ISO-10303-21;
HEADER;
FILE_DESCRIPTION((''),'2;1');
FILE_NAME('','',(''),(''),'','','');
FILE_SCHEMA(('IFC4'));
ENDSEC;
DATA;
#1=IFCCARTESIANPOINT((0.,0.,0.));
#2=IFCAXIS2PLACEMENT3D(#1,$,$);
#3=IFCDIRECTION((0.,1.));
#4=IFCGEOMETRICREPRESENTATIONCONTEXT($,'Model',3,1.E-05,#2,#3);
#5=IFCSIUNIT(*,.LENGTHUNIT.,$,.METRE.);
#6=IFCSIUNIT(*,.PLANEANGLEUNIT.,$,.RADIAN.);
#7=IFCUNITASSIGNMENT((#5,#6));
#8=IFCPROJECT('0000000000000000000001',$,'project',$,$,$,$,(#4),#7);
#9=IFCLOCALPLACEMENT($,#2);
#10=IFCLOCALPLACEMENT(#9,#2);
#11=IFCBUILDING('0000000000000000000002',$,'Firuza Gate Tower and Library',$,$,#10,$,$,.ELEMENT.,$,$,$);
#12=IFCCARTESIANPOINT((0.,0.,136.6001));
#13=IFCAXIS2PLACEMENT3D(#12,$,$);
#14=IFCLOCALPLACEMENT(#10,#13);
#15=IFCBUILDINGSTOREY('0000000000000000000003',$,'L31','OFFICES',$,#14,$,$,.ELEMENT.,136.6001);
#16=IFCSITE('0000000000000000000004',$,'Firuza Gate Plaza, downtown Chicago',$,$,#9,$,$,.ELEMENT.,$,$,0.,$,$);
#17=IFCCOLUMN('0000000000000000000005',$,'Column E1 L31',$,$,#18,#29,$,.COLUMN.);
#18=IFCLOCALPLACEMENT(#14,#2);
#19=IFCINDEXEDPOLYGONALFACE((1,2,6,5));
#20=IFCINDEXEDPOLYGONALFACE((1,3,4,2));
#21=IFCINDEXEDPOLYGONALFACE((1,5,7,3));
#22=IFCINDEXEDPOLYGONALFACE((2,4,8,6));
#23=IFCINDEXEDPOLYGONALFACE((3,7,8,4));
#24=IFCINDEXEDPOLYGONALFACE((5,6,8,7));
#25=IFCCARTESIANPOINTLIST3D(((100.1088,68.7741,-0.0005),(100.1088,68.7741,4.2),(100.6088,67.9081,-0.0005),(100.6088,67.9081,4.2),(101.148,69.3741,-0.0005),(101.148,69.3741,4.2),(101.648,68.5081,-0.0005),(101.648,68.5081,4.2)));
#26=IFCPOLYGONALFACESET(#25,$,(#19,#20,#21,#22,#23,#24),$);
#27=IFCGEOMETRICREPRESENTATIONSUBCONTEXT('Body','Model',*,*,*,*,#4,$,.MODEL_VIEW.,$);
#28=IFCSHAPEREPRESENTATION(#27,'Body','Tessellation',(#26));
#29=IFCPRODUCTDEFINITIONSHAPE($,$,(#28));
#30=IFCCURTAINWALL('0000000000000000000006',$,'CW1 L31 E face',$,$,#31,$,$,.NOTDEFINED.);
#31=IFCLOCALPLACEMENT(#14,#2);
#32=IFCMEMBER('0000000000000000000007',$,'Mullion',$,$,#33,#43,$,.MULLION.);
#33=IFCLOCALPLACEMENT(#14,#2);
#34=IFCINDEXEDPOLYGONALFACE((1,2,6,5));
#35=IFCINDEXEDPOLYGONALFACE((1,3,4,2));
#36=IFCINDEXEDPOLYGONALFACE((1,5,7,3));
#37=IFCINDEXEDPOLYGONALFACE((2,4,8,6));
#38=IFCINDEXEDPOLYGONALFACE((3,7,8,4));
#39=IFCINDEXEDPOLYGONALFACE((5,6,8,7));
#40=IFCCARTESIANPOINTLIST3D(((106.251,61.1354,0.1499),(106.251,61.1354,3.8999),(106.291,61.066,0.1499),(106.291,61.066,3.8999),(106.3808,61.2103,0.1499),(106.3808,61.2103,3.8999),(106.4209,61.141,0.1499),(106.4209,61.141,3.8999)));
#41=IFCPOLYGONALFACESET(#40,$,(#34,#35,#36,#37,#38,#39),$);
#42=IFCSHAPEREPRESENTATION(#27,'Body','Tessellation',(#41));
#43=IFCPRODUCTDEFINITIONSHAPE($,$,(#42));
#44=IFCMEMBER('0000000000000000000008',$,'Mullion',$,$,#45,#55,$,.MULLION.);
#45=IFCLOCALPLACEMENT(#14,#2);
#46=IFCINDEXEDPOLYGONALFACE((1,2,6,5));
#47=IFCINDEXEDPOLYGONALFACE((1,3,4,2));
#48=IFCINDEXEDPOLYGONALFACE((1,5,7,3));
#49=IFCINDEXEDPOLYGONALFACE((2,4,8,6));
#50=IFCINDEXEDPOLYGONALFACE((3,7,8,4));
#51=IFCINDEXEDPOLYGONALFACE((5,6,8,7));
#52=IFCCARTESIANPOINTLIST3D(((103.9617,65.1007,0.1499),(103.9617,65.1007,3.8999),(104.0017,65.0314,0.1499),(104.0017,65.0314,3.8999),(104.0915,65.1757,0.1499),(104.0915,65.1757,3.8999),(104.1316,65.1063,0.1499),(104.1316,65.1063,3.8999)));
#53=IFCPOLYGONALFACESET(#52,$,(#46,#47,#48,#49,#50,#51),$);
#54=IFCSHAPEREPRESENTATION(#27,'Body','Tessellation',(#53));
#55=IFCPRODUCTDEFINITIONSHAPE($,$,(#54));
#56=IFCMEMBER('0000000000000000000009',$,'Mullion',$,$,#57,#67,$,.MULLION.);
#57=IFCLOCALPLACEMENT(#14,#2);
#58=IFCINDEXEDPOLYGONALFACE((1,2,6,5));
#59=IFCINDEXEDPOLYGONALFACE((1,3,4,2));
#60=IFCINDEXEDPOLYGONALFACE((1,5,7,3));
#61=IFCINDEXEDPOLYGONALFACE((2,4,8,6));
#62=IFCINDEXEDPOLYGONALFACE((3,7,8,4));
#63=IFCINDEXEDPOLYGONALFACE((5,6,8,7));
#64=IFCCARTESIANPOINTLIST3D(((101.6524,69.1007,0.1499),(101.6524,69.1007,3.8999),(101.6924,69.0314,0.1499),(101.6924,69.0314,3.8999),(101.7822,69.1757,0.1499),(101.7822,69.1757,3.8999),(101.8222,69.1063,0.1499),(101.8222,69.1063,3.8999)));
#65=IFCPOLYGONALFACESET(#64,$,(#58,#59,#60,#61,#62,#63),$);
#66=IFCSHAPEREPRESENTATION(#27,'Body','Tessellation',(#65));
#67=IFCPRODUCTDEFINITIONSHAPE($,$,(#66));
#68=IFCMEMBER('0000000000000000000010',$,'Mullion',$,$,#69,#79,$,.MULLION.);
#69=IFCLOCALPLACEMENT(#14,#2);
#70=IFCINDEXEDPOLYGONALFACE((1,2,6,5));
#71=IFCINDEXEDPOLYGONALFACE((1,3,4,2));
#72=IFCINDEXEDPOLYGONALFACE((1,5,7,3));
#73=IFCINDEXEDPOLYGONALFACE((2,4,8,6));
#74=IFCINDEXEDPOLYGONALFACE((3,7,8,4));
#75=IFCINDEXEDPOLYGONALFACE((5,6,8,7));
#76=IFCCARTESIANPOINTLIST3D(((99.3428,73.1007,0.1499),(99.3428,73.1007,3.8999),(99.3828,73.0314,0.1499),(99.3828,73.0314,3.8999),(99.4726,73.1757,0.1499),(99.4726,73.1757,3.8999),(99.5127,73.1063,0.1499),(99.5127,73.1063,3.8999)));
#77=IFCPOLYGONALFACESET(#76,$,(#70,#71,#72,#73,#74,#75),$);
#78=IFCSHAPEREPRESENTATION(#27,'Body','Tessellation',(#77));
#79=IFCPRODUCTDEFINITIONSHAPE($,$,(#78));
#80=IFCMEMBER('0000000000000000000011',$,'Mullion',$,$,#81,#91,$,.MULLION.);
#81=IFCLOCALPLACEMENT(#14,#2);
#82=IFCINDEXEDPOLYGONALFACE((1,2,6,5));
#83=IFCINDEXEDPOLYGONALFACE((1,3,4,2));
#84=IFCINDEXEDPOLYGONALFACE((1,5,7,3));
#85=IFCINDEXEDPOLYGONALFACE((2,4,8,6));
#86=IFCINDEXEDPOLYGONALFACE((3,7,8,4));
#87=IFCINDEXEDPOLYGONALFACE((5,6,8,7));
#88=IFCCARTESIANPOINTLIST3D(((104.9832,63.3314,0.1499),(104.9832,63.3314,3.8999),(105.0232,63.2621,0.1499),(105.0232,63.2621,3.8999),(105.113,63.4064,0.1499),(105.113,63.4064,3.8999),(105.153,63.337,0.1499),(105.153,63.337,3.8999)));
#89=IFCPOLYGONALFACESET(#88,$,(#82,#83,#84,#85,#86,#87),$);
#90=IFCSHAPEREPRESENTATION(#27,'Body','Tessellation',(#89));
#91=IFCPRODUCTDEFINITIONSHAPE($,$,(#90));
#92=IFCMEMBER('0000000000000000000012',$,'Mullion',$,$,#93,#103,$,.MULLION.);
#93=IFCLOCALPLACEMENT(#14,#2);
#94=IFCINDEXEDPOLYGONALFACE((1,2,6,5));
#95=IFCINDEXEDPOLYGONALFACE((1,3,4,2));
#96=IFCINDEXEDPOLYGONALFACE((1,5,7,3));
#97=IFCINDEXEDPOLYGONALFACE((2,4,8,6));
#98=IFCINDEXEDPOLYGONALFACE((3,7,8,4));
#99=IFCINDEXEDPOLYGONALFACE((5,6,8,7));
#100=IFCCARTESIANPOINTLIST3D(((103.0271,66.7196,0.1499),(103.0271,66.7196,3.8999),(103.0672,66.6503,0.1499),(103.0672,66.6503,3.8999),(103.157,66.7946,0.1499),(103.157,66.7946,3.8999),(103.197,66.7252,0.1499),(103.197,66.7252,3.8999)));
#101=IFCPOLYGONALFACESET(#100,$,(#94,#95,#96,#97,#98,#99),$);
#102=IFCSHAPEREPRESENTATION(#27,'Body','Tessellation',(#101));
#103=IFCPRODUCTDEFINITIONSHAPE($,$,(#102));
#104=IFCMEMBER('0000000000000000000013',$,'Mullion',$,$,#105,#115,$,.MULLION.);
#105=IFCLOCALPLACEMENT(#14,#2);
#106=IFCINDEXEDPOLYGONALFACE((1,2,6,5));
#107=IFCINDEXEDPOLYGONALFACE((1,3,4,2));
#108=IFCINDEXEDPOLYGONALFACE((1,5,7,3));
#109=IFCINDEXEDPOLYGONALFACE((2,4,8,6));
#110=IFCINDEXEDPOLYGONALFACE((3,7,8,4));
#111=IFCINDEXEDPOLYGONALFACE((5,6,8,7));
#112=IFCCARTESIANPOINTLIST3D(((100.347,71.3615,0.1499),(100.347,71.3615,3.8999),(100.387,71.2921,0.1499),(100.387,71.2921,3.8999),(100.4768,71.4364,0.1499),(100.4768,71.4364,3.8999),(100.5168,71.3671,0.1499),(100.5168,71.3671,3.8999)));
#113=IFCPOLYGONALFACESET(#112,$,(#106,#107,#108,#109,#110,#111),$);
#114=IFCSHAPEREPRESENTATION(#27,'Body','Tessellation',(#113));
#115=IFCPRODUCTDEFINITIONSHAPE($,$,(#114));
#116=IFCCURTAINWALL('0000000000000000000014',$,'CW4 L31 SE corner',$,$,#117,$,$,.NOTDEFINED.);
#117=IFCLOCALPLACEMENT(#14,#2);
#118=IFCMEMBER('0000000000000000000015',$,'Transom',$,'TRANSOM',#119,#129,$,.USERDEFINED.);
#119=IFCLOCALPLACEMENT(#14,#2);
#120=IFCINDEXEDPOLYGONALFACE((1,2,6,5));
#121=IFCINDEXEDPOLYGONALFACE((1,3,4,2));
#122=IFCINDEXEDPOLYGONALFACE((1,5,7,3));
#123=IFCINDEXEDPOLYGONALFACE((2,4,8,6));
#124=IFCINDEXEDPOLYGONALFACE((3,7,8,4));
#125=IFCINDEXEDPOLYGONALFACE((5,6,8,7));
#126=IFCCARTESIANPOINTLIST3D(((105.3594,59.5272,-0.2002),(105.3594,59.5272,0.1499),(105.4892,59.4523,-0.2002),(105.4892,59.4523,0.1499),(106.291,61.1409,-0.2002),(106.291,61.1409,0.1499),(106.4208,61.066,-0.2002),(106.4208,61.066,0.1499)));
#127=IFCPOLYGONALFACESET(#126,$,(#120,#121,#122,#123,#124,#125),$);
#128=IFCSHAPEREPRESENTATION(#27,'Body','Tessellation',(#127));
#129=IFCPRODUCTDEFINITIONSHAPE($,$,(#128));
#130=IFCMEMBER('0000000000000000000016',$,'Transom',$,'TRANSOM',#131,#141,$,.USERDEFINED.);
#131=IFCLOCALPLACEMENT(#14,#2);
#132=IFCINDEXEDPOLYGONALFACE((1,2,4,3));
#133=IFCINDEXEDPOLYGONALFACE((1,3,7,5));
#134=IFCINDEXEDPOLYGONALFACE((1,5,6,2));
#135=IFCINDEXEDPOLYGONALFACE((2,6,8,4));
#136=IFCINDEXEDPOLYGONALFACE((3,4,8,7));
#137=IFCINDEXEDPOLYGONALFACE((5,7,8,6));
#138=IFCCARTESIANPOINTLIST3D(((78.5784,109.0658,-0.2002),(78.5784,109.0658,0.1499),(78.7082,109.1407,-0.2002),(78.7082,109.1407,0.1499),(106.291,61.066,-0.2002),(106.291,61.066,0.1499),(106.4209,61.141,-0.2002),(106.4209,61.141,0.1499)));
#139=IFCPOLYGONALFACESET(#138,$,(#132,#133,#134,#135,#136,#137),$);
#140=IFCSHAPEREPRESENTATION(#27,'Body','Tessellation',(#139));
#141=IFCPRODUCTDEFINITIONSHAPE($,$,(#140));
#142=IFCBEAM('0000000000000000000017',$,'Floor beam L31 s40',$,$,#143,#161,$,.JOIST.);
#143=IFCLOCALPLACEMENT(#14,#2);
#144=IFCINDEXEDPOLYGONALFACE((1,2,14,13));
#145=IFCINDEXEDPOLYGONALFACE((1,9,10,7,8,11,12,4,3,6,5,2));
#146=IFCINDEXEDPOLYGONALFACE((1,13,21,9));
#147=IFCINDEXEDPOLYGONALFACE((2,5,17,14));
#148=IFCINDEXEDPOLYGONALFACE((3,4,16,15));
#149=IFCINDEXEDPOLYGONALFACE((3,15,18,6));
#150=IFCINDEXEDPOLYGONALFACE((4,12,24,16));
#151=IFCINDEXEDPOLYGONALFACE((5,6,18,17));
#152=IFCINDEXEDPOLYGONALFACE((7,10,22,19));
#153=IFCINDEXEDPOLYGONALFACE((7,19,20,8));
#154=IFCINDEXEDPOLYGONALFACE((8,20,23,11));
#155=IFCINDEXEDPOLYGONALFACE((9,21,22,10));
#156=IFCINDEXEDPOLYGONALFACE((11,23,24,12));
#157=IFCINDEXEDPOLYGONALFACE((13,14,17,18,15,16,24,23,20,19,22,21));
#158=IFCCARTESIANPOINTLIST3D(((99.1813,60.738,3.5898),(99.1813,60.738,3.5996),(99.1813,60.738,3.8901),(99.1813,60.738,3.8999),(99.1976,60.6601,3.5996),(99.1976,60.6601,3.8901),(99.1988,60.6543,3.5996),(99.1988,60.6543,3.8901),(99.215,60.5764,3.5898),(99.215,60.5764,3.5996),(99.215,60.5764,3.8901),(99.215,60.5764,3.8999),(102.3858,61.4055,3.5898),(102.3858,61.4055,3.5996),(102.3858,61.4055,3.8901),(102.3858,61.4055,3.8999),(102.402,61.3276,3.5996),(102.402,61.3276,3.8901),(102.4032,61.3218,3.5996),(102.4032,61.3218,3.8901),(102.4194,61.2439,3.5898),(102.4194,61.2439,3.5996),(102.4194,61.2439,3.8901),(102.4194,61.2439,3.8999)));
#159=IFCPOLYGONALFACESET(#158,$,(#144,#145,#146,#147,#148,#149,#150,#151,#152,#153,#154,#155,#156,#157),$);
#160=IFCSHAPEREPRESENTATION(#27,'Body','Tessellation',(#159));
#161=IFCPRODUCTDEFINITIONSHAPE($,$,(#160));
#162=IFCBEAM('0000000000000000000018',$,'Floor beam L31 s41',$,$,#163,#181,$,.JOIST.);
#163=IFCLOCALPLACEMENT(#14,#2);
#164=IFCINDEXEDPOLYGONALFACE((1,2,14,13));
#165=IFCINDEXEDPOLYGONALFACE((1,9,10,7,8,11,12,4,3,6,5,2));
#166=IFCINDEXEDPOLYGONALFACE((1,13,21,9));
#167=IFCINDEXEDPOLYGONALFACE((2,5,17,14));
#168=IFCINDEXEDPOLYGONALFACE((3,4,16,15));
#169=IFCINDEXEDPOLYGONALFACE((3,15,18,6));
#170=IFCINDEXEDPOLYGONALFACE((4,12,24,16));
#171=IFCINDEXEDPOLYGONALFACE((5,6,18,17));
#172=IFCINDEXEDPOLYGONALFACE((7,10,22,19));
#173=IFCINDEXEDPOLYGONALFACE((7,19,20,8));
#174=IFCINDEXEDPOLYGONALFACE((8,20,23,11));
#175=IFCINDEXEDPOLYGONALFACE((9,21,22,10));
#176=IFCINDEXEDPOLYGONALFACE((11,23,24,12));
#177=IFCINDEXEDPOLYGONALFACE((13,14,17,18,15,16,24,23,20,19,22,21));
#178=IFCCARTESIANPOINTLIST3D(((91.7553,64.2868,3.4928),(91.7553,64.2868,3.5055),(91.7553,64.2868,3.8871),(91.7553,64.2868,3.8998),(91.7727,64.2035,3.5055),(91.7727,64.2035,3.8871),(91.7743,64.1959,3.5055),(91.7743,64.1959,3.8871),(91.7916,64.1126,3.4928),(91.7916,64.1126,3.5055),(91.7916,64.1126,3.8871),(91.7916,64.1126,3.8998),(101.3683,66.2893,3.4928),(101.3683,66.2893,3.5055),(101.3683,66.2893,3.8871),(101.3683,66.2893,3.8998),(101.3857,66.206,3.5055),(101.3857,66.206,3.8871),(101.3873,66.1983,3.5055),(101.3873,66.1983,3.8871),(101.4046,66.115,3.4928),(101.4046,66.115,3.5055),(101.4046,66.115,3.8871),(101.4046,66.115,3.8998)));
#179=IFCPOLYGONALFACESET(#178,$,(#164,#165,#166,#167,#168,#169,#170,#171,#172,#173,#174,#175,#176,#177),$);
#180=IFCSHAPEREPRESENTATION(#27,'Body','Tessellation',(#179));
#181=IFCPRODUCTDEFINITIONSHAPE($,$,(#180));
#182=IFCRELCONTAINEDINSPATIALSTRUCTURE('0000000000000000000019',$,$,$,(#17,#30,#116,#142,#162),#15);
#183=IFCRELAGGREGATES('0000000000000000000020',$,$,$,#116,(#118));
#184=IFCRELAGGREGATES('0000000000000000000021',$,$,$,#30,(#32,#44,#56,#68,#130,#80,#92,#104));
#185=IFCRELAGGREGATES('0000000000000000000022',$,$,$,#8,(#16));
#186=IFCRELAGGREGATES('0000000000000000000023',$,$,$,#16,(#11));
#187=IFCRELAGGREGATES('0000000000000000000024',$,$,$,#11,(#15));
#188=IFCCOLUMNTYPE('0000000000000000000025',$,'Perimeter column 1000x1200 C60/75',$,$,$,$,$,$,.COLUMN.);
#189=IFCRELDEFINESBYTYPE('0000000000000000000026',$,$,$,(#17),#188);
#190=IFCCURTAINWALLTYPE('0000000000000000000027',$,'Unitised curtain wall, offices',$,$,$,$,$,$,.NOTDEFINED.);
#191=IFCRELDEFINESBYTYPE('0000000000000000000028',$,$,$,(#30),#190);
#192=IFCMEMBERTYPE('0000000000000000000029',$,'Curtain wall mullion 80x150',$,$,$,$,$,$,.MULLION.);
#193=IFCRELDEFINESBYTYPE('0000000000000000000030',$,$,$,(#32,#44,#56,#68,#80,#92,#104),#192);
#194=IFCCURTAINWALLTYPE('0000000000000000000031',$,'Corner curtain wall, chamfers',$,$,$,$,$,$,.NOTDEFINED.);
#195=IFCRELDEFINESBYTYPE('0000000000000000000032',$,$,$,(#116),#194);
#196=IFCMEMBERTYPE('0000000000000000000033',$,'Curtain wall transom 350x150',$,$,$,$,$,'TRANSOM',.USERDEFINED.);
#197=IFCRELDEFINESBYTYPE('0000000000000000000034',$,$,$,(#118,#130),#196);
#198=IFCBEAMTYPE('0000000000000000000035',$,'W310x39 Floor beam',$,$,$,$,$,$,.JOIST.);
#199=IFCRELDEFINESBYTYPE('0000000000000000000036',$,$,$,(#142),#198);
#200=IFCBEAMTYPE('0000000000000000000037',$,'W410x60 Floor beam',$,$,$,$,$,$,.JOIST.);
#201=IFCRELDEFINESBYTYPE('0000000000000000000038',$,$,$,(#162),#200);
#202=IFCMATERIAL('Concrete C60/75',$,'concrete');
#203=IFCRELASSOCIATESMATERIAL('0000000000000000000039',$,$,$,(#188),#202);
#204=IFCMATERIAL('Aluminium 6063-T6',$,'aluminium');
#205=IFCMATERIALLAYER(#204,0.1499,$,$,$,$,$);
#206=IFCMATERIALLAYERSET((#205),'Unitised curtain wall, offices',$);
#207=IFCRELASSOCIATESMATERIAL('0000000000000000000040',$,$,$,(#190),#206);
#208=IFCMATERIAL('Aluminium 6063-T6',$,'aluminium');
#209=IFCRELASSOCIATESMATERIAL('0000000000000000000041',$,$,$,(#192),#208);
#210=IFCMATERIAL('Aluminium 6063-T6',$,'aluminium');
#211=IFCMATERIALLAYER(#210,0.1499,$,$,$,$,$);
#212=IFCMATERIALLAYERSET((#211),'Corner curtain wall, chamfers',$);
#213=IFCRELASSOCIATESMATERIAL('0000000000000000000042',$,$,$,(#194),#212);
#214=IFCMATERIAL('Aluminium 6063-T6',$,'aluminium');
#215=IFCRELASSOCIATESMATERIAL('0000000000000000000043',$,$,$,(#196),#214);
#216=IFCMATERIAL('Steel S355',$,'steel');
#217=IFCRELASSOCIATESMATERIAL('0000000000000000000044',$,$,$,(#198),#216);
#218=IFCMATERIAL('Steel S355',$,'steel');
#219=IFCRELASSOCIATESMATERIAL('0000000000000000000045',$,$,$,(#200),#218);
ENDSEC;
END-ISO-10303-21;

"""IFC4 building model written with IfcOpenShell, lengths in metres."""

from ifc_helpers import new_model, si_unit, direction, frame, origin, origin_2d, place, context, subcontext, project, spatial, rectangle, i_section, extrude, material, layer, layer_set, material_profile, profile_set, type_object, element, aggregate, save


model = new_model("IFC4")

# Units and contexts
model_context = context("Model", 3, precision=1e-05, world=origin(), true_north=direction((0.0, 1.0)))
body_context = subcontext(model_context, "Body", "Model", "MODEL_VIEW")
ifc_project = project(units=[si_unit("LENGTHUNIT", "METRE"), si_unit("PLANEANGLEUNIT", "RADIAN")], contexts=[model_context])

# Site, building, storey
site_placement = place(None, origin())
site = spatial("IfcSite", under=ifc_project, at=site_placement, Name="Firuza Gate Plaza, downtown Chicago", CompositionType="ELEMENT", RefElevation=0.0)
building_placement = place(site_placement, origin())
building = spatial("IfcBuilding", under=site, at=building_placement, Name="Firuza Gate Tower and Library", CompositionType="ELEMENT")
storey_placement = place(building_placement, frame((0.0, 0.0, 136.6001)))
storey = spatial("IfcBuildingStorey", under=building, at=storey_placement, Name="L31", Description="OFFICES", CompositionType="ELEMENT", Elevation=136.6001)

# Column
ifc_material_1 = material(Name="Concrete C60/75", Category="concrete")
ifc_material_profile_1 = material_profile(ifc_material_1, rectangle(XDim=1.0, YDim=1.2, at=origin_2d()))
ifc_profile_set_1 = profile_set([ifc_material_profile_1], Name="Concrete C60/75")
column_type = type_object("IfcColumnType", Name="Perimeter column 1000x1200 C60/75", PredefinedType="COLUMN", material=ifc_profile_set_1)
column_placement = place(storey_placement, frame((100.8784, 68.6411, -0.0005), z_axis=(0.0, 0.0, 1.0), x_axis=(-0.5, 0.866025, 0.0)))
element("IfcColumn", 1, at=column_placement, inside=storey, type_object=column_type, Name="Column E1 L31", PredefinedType="COLUMN", context=body_context, shape_type="SweptSolid", body=[
    extrude(rectangle(XDim=1.0, YDim=1.2, at=origin_2d()), origin(), (0.0, 0.0, 1.0), 4.2004),
])

# Curtain wall, members
ifc_material_2 = material(Name="Aluminium 6063-T6", Category="aluminium")
ifc_layer_1 = layer(ifc_material_2, 0.1499)
ifc_layer_set_1 = layer_set([ifc_layer_1], Name="Unitised curtain wall, offices")
curtain_wall_type_1 = type_object("IfcCurtainWallType", Name="Unitised curtain wall, offices", PredefinedType="NOTDEFINED", material=ifc_layer_set_1)
placement = place(storey_placement, origin())
curtain_wall_1 = element("IfcCurtainWall", 2, at=placement, inside=storey, type_object=curtain_wall_type_1, Name="CW1 L31 E face", PredefinedType="NOTDEFINED")
ifc_material_3 = material(Name="Aluminium 6063-T6", Category="aluminium")
ifc_material_profile_2 = material_profile(ifc_material_3, rectangle(XDim=0.1499, YDim=0.0801, at=origin_2d()))
ifc_profile_set_2 = profile_set([ifc_material_profile_2], Name="Aluminium 6063-T6")
member_type_1 = type_object("IfcMemberType", Name="Curtain wall mullion 80x150", PredefinedType="MULLION", material=ifc_profile_set_2)
member_1_placement = place(storey_placement, frame((106.3359, 61.1382, 0.1499), z_axis=(0.0, 0.0, 1.0), x_axis=(-0.866025, -0.5, 0.0)))
member_1 = element("IfcMember", 3, at=member_1_placement, type_object=member_type_1, Name="Mullion", PredefinedType="MULLION", context=body_context, shape_type="SweptSolid", body=[
    extrude(rectangle(XDim=0.1499, YDim=0.0801, at=origin_2d()), origin(), (0.0, 0.0, 1.0), 3.75),
])
member_2_placement = place(storey_placement, frame((104.0466, 65.1035, 0.1499), z_axis=(0.0, 0.0, 1.0), x_axis=(-0.866025, -0.5, 0.0)))
member_2 = element("IfcMember", 4, at=member_2_placement, type_object=member_type_1, Name="Mullion", PredefinedType="MULLION", context=body_context, shape_type="SweptSolid", body=[
    extrude(rectangle(XDim=0.1499, YDim=0.0801, at=origin_2d()), origin(), (0.0, 0.0, 1.0), 3.75),
])
member_3_placement = place(storey_placement, frame((101.7373, 69.1035, 0.1499), z_axis=(0.0, 0.0, 1.0), x_axis=(-0.866025, -0.5, 0.0)))
member_3 = element("IfcMember", 5, at=member_3_placement, type_object=member_type_1, Name="Mullion", PredefinedType="MULLION", context=body_context, shape_type="SweptSolid", body=[
    extrude(rectangle(XDim=0.1499, YDim=0.0801, at=origin_2d()), origin(), (0.0, 0.0, 1.0), 3.75),
])
member_4_placement = place(storey_placement, frame((99.4277, 73.1035, 0.1499), z_axis=(0.0, 0.0, 1.0), x_axis=(-0.866025, -0.5, 0.0)))
member_4 = element("IfcMember", 6, at=member_4_placement, type_object=member_type_1, Name="Mullion", PredefinedType="MULLION", context=body_context, shape_type="SweptSolid", body=[
    extrude(rectangle(XDim=0.1499, YDim=0.0801, at=origin_2d()), origin(), (0.0, 0.0, 1.0), 3.75),
])
member_5_placement = place(storey_placement, frame((105.0681, 63.3342, 0.1499), z_axis=(0.0, 0.0, 1.0), x_axis=(-0.866025, -0.5, 0.0)))
member_5 = element("IfcMember", 7, at=member_5_placement, type_object=member_type_1, Name="Mullion", PredefinedType="MULLION", context=body_context, shape_type="SweptSolid", body=[
    extrude(rectangle(XDim=0.1499, YDim=0.0801, at=origin_2d()), origin(), (0.0, 0.0, 1.0), 3.75),
])
member_6_placement = place(storey_placement, frame((103.1121, 66.7224, 0.1499), z_axis=(0.0, 0.0, 1.0), x_axis=(-0.866025, -0.5, 0.0)))
member_6 = element("IfcMember", 8, at=member_6_placement, type_object=member_type_1, Name="Mullion", PredefinedType="MULLION", context=body_context, shape_type="SweptSolid", body=[
    extrude(rectangle(XDim=0.1499, YDim=0.0801, at=origin_2d()), origin(), (0.0, 0.0, 1.0), 3.75),
])
member_7_placement = place(storey_placement, frame((100.4319, 71.3643, 0.1499), z_axis=(0.0, 0.0, 1.0), x_axis=(-0.866025, -0.5, 0.0)))
member_7 = element("IfcMember", 9, at=member_7_placement, type_object=member_type_1, Name="Mullion", PredefinedType="MULLION", context=body_context, shape_type="SweptSolid", body=[
    extrude(rectangle(XDim=0.1499, YDim=0.0801, at=origin_2d()), origin(), (0.0, 0.0, 1.0), 3.75),
])

# Curtain wall, member
ifc_material_4 = material(Name="Aluminium 6063-T6", Category="aluminium")
ifc_layer_2 = layer(ifc_material_4, 0.1499)
ifc_layer_set_2 = layer_set([ifc_layer_2], Name="Corner curtain wall, chamfers")
curtain_wall_type_2 = type_object("IfcCurtainWallType", Name="Corner curtain wall, chamfers", PredefinedType="NOTDEFINED", material=ifc_layer_set_2)
curtain_wall_2 = element("IfcCurtainWall", 10, at=placement, inside=storey, type_object=curtain_wall_type_2, Name="CW4 L31 SE corner", PredefinedType="NOTDEFINED")
ifc_material_5 = material(Name="Aluminium 6063-T6", Category="aluminium")
ifc_material_profile_3 = material_profile(ifc_material_5, rectangle(XDim=0.1499, YDim=0.3501, at=origin_2d()))
ifc_profile_set_3 = profile_set([ifc_material_profile_3], Name="Aluminium 6063-T6")
member_type_2 = type_object("IfcMemberType", Name="Curtain wall transom 350x150", ElementType="TRANSOM", PredefinedType="USERDEFINED", material=ifc_profile_set_3)
member_8_placement = place(storey_placement, frame((105.4243, 59.4897, -0.0251), z_axis=(0.499972, 0.866042, 0.0), x_axis=(-0.866042, 0.499972, 0.0)))
member_8 = element("IfcMember", 11, at=member_8_placement, type_object=member_type_2, Name="Transom", ObjectType="TRANSOM", PredefinedType="USERDEFINED", context=body_context, shape_type="SweptSolid", body=[
    extrude(rectangle(XDim=0.1499, YDim=0.3501, at=origin_2d()), origin(), (0.0, 0.0, 1.0), 1.8633),
])
aggregate(curtain_wall_2, [member_8])

# Member
member_9_placement = place(storey_placement, frame((106.356, 61.1035, -0.0251), z_axis=(-0.5, 0.866026, 0.0), x_axis=(-0.866026, -0.5, 0.0)))
member_9 = element("IfcMember", 12, at=member_9_placement, type_object=member_type_2, Name="Transom", ObjectType="TRANSOM", PredefinedType="USERDEFINED", context=body_context, shape_type="SweptSolid", body=[
    extrude(rectangle(XDim=0.1499, YDim=0.3501, at=origin_2d()), origin(), (0.0, 0.0, 1.0), 55.4253),
])

# Beams
ifc_material_6 = material(Name="Steel S355", Category="steel")
ifc_material_profile_4 = material_profile(ifc_material_6, i_section(OverallWidth=0.165, OverallDepth=0.3101, WebThickness=0.0059, FlangeThickness=0.0098, at=origin_2d()))
ifc_profile_set_4 = profile_set([ifc_material_profile_4], Name="Steel S355")
beam_type_1 = type_object("IfcBeamType", Name="W310x39 Floor beam", PredefinedType="JOIST", material=ifc_profile_set_4)
beam_1_placement = place(storey_placement, frame((102.4026, 61.3247, 3.7449), z_axis=(-0.978986, -0.203927, 0.0), x_axis=(0.203927, -0.978986, 0.0)))
element("IfcBeam", 13, at=beam_1_placement, inside=storey, type_object=beam_type_1, Name="Floor beam L31 s40", PredefinedType="JOIST", context=body_context, shape_type="SweptSolid", body=[
    extrude(i_section(OverallWidth=0.165, OverallDepth=0.3101, WebThickness=0.0059, FlangeThickness=0.0098, at=origin_2d()), origin(), (0.0, 0.0, 1.0), 3.2732),
])
ifc_material_7 = material(Name="Steel S355", Category="steel")
ifc_material_profile_5 = material_profile(ifc_material_7, i_section(OverallWidth=0.178, OverallDepth=0.407, WebThickness=0.0078, FlangeThickness=0.0127, at=origin_2d()))
ifc_profile_set_5 = profile_set([ifc_material_profile_5], Name="Steel S355")
beam_type_2 = type_object("IfcBeamType", Name="W410x60 Floor beam", PredefinedType="JOIST", material=ifc_profile_set_5)
beam_2_placement = place(storey_placement, frame((101.3865, 66.2021, 3.6963), z_axis=(-0.978986, -0.203927, 0.0), x_axis=(0.203927, -0.978986, 0.0)))
element("IfcBeam", 14, at=beam_2_placement, inside=storey, type_object=beam_type_2, Name="Floor beam L31 s41", PredefinedType="JOIST", context=body_context, shape_type="SweptSolid", body=[
    extrude(i_section(OverallWidth=0.178, OverallDepth=0.407, WebThickness=0.0078, FlangeThickness=0.0127, at=origin_2d()), origin(), (0.0, 0.0, 1.0), 9.8193),
])

aggregate(curtain_wall_1, [member_1, member_2, member_3, member_4, member_9, member_5, member_6, member_7])

save(model, "model.ifc")
